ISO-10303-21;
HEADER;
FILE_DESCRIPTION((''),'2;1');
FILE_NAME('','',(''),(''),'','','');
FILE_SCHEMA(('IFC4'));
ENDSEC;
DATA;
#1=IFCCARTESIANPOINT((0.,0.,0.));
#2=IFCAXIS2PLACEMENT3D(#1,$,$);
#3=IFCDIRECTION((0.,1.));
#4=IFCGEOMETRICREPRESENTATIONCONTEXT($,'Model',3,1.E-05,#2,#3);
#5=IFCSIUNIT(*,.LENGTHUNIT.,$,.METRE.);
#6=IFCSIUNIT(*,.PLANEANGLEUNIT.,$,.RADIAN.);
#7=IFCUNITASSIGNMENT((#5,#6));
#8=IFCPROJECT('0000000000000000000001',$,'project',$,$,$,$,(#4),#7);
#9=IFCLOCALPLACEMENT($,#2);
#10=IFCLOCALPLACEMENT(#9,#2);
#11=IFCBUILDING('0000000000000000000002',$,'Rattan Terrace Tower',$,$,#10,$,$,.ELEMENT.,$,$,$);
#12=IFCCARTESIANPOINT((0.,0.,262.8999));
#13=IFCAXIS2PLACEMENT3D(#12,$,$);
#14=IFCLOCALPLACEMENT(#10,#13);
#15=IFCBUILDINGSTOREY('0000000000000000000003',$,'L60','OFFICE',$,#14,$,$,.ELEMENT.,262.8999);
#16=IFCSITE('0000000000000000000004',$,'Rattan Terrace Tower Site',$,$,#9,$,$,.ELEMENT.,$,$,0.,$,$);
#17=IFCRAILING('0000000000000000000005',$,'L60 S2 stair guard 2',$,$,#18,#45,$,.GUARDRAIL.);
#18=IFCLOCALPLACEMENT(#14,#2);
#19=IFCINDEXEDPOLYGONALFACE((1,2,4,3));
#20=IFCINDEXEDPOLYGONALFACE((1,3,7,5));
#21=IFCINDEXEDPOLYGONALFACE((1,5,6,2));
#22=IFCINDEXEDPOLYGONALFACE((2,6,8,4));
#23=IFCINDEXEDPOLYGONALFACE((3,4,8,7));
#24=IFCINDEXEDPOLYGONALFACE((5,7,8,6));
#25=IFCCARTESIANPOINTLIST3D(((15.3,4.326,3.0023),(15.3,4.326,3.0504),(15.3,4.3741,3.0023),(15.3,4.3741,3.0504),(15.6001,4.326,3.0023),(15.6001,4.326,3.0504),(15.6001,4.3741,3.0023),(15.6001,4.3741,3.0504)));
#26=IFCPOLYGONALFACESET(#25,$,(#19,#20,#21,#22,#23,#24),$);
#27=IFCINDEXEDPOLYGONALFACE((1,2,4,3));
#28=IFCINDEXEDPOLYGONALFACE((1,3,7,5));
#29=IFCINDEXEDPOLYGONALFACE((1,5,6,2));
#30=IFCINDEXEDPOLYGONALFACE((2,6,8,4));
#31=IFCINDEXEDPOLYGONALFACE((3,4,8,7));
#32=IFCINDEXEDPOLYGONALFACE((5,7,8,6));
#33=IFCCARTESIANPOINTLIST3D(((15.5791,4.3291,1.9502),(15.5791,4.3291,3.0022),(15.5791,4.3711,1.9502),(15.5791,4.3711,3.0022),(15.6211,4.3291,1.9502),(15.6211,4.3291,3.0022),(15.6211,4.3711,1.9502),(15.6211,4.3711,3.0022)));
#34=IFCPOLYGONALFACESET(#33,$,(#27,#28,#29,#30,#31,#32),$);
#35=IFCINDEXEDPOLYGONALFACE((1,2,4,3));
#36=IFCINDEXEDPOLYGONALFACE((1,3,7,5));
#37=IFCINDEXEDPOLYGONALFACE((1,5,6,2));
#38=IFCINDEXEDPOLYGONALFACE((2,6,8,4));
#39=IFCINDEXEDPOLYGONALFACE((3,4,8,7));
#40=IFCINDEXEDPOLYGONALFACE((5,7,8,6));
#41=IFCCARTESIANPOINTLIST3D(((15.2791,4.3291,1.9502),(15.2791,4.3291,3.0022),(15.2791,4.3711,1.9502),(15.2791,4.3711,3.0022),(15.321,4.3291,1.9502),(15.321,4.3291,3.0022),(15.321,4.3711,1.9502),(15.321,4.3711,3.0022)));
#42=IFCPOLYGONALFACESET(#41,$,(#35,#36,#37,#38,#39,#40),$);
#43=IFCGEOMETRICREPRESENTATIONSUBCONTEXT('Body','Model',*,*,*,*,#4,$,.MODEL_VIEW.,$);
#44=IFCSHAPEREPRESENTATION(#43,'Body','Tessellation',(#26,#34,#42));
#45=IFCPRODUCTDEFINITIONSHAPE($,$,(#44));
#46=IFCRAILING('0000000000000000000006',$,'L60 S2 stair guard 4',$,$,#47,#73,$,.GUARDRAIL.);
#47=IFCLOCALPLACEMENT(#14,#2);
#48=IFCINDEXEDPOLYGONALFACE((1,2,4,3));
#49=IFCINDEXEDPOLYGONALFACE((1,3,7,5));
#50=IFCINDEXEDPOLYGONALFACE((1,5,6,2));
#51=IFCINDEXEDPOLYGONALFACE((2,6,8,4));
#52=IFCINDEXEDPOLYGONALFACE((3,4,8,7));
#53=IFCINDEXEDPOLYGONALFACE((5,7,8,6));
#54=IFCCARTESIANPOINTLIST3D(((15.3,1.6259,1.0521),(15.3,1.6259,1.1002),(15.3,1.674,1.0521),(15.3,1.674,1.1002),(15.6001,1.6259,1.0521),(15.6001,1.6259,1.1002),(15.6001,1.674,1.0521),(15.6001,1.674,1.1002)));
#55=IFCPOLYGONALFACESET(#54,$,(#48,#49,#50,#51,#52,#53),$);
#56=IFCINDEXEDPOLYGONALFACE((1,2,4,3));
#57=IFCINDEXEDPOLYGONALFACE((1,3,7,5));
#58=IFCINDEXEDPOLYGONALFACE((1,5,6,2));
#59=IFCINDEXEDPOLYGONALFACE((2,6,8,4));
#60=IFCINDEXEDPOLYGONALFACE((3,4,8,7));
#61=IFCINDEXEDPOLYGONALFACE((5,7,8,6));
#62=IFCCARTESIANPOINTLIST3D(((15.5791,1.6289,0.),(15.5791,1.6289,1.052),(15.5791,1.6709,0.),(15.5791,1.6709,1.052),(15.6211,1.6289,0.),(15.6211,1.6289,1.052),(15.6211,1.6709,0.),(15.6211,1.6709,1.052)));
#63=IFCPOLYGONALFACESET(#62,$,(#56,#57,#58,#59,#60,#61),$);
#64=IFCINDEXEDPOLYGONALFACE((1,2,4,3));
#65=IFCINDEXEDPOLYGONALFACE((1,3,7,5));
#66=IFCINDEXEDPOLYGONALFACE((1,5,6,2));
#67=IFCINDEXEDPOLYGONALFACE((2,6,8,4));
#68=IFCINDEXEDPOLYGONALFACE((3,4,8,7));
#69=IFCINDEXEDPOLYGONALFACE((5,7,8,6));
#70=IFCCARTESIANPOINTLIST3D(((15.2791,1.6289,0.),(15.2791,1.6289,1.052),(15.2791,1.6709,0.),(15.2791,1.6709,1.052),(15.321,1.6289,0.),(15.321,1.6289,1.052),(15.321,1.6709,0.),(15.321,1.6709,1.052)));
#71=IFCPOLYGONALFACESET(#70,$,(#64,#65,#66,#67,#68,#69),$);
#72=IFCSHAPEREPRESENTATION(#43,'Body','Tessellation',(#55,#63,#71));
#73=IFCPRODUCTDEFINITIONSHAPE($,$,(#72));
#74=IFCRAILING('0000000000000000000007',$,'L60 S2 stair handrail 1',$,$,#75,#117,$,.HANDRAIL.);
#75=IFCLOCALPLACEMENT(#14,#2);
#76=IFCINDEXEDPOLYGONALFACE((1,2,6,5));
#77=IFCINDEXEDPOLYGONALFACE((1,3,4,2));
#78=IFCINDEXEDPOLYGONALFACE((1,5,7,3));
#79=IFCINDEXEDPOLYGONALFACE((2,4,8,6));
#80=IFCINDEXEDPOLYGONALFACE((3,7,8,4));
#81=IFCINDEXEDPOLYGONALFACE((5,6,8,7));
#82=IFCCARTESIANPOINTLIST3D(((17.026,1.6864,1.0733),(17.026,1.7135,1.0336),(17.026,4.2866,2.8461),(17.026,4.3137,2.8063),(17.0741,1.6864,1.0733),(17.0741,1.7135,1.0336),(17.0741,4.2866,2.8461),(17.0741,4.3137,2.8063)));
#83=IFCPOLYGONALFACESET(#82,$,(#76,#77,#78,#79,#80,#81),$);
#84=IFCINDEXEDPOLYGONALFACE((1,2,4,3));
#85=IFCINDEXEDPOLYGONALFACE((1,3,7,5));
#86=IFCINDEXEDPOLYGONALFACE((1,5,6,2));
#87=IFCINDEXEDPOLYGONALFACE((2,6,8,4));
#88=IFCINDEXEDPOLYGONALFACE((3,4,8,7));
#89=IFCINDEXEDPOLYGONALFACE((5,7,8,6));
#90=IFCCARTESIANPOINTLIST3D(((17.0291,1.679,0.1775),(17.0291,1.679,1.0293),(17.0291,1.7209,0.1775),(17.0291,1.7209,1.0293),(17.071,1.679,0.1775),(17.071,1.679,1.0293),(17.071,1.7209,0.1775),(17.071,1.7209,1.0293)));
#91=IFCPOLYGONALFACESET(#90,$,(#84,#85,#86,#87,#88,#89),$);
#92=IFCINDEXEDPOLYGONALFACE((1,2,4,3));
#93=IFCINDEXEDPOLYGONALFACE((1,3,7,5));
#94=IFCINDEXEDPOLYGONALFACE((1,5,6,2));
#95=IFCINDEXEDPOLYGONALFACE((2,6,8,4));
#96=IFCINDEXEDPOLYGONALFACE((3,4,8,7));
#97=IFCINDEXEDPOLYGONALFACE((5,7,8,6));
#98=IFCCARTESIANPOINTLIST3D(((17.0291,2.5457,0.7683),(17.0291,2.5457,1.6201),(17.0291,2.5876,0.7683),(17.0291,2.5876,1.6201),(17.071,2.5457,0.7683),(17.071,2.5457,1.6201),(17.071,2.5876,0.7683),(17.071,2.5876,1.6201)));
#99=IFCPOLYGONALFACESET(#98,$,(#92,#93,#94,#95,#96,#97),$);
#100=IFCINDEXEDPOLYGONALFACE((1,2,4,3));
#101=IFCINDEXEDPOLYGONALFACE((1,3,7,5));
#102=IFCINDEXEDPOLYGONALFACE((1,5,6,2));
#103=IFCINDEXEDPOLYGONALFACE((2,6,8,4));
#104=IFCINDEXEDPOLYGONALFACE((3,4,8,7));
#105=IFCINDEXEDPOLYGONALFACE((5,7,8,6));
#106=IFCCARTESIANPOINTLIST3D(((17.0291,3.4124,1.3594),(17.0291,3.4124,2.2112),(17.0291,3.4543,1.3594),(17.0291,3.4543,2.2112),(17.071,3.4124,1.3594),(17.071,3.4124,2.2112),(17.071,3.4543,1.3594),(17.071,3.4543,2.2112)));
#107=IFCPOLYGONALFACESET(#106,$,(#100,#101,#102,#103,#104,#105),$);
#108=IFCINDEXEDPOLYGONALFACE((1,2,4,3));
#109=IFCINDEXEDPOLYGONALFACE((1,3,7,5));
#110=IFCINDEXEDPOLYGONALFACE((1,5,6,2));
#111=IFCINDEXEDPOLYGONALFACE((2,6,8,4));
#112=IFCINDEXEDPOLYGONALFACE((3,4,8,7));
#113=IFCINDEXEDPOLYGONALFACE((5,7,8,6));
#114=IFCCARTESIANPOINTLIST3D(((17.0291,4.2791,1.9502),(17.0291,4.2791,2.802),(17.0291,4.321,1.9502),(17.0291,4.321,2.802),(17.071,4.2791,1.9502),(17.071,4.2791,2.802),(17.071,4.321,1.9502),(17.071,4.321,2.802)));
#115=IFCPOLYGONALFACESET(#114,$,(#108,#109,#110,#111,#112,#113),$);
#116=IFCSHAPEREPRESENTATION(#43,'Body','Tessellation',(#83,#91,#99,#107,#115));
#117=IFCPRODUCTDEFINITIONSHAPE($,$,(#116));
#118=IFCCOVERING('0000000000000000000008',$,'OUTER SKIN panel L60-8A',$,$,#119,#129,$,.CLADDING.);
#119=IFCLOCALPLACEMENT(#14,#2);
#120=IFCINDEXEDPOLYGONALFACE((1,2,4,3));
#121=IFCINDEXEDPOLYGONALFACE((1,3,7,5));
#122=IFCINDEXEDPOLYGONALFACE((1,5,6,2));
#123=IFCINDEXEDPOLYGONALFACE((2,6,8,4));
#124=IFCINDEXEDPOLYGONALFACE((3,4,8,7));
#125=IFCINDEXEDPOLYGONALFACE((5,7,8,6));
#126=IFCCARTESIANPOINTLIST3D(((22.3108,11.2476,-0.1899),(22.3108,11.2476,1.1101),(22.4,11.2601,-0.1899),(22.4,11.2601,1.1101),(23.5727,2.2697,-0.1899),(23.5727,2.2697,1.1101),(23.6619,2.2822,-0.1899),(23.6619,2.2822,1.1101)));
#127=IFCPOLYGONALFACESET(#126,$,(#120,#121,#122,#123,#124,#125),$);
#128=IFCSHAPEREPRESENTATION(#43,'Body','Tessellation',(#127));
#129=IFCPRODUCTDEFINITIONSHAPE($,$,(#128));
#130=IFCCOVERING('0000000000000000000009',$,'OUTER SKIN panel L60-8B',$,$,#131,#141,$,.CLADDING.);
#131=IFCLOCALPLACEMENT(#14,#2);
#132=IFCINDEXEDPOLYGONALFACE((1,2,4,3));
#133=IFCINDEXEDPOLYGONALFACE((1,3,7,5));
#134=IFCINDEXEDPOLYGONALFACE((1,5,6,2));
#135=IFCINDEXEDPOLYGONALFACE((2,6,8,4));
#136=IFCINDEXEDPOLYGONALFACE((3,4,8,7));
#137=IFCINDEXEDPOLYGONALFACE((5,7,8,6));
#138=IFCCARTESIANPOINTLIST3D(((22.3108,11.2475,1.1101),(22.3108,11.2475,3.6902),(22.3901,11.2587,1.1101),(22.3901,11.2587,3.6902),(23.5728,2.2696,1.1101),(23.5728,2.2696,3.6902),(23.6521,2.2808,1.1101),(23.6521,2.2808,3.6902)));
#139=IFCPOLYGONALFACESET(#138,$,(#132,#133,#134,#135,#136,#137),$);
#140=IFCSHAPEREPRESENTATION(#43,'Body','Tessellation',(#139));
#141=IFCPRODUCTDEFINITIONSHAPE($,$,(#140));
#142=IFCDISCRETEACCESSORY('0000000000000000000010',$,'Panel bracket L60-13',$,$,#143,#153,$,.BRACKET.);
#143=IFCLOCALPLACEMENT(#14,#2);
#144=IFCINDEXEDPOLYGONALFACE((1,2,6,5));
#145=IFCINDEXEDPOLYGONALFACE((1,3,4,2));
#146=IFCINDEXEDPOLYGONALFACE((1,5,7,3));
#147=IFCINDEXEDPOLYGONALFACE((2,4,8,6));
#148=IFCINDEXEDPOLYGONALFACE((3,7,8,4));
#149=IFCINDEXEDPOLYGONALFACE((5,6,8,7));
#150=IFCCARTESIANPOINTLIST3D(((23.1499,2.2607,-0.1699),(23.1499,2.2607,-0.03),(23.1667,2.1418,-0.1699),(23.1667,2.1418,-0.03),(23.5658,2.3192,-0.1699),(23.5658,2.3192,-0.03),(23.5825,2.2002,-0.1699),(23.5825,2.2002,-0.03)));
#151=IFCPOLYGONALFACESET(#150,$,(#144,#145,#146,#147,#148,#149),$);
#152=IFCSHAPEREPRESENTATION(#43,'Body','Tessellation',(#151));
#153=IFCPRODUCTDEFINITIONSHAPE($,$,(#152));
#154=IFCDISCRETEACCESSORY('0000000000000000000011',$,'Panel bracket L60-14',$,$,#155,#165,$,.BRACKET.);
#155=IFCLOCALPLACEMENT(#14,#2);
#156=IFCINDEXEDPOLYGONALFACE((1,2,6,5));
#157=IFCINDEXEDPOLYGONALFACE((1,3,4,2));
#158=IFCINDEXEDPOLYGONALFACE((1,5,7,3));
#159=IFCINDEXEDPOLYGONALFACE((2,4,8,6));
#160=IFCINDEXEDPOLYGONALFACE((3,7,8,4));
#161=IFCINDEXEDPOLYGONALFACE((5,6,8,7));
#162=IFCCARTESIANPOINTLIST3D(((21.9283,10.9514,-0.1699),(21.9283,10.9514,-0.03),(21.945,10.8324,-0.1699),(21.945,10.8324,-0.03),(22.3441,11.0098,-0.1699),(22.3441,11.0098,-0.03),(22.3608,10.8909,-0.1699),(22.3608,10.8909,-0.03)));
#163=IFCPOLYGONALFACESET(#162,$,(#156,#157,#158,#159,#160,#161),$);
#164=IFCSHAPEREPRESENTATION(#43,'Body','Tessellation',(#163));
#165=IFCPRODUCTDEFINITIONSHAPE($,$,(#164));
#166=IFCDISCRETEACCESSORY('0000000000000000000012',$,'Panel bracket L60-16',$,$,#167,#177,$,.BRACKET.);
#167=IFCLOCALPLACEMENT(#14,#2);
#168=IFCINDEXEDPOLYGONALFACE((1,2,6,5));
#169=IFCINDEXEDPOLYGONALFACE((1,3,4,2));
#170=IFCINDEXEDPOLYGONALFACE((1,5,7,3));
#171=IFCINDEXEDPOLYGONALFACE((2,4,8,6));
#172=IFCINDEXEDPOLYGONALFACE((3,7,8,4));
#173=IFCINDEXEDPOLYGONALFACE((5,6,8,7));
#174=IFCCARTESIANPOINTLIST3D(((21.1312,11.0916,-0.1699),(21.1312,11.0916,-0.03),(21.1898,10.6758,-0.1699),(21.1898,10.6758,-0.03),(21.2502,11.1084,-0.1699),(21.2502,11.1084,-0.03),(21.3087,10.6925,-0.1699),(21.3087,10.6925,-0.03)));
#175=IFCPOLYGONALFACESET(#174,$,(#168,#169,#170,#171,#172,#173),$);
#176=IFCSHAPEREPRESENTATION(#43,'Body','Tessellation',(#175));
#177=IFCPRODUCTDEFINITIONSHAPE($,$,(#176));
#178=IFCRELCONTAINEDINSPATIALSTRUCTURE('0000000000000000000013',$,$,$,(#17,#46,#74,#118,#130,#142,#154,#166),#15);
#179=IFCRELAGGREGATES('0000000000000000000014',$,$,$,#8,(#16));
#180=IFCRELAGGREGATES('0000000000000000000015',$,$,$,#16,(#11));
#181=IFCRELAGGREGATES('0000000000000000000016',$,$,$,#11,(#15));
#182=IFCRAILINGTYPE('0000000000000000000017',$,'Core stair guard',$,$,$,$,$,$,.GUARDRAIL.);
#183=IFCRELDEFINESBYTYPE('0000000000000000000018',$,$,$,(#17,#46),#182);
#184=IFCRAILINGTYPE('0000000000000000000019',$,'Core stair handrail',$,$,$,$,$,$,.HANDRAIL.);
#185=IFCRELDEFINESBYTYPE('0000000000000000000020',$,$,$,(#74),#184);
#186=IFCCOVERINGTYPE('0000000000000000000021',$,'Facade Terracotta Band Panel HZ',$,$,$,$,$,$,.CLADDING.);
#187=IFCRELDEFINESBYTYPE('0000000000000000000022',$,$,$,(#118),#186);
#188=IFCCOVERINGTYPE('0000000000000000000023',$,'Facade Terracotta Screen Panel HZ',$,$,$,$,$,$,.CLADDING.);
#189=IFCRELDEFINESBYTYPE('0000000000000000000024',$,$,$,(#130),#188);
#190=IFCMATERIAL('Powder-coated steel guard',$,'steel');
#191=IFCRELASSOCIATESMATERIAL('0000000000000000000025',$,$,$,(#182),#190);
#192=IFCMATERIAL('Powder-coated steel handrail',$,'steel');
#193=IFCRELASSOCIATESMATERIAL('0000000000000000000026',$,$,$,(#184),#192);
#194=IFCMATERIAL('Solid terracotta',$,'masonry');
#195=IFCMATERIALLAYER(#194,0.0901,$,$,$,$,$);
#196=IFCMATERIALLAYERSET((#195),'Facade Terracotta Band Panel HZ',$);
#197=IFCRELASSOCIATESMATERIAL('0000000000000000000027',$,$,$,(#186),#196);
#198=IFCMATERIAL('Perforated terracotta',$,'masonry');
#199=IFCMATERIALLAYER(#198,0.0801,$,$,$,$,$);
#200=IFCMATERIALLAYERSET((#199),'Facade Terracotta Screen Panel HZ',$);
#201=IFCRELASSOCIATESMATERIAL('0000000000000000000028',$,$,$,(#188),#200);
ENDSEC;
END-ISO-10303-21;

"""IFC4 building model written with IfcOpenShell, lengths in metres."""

from ifc_helpers import new_model, si_unit, direction, frame, origin, origin_2d, place, context, subcontext, project, spatial, rectangle, extrude, material, layer, layer_set, type_object, element, save


model = new_model("IFC4")

# Units and contexts
model_context = context("Model", 3, precision=1e-05, world=origin(), true_north=direction((0.0, 1.0)))
body_context = subcontext(model_context, "Body", "Model", "MODEL_VIEW")
ifc_project = project(units=[si_unit("LENGTHUNIT", "METRE"), si_unit("PLANEANGLEUNIT", "RADIAN")], contexts=[model_context])

# Site, building, storey
site_placement = place(None, origin())
site = spatial("IfcSite", under=ifc_project, at=site_placement, Name="Rattan Terrace Tower Site", CompositionType="ELEMENT", RefElevation=0.0)
building_placement = place(site_placement, origin())
building = spatial("IfcBuilding", under=site, at=building_placement, Name="Rattan Terrace Tower", CompositionType="ELEMENT")
storey_placement = place(building_placement, frame((0.0, 0.0, 262.8999)))
storey = spatial("IfcBuildingStorey", under=building, at=storey_placement, Name="L60", Description="OFFICE", CompositionType="ELEMENT", Elevation=262.8999)

# Railings
ifc_material_1 = material(Name="Powder-coated steel guard", Category="steel")
railing_type_1 = type_object("IfcRailingType", Name="Core stair guard", PredefinedType="GUARDRAIL", material=ifc_material_1)
for number, where, name in (
    (1, (15.6001, 4.3501, 1.9502), "L60 S2 stair guard 2"),
    (2, (15.6001, 1.6499, 0.0), "L60 S2 stair guard 4"),
):
    element("IfcRailing", number, at=place(storey_placement, frame(where)), inside=storey, type_object=railing_type_1, Name=name, PredefinedType="GUARDRAIL", context=body_context, shape_type="SweptSolid", body=[
        extrude(rectangle(XDim=0.0481, YDim=0.0481, at=origin_2d()), frame((0.0, 0.0, 1.0762), z_axis=(-1.0, 0.0, 0.0), x_axis=(0.0, -1.0, 0.0)), (0.0, 0.0, 1.0), 0.3),
        extrude(rectangle(XDim=0.042, YDim=0.042, at=origin_2d()), origin(), (0.0, 0.0, 1.0), 1.052),
        extrude(rectangle(XDim=0.042, YDim=0.042, at=origin_2d()), frame((-0.3, 0.0, 0.0)), (0.0, 0.0, 1.0), 1.052),
    ])
ifc_material_2 = material(Name="Powder-coated steel handrail", Category="steel")
railing_type_2 = type_object("IfcRailingType", Name="Core stair handrail", PredefinedType="HANDRAIL", material=ifc_material_2)
railing_1_placement = place(storey_placement, frame((17.05, 1.7, 0.1775)))
element("IfcRailing", 3, at=railing_1_placement, inside=storey, type_object=railing_type_2, Name="L60 S2 stair handrail 1", PredefinedType="HANDRAIL", context=body_context, shape_type="SweptSolid", body=[
    extrude(rectangle(XDim=0.0481, YDim=0.0481, at=origin_2d()), frame((0.0, 0.0, 0.876), z_axis=(0.0, 0.82624, 0.563318), x_axis=(-1.0, 0.0, 0.0)), (0.0, 0.0, 1.0), 3.147),
    extrude(rectangle(XDim=0.042, YDim=0.042, at=origin_2d()), origin(), (0.0, 0.0, 1.0), 0.8518),
    extrude(rectangle(XDim=0.042, YDim=0.042, at=origin_2d()), frame((0.0, 0.8667, 0.5908)), (0.0, 0.0, 1.0), 0.8518),
    extrude(rectangle(XDim=0.042, YDim=0.042, at=origin_2d()), frame((0.0, 1.7334, 1.1819)), (0.0, 0.0, 1.0), 0.8518),
    extrude(rectangle(XDim=0.042, YDim=0.042, at=origin_2d()), frame((0.0, 2.6001, 1.7727)), (0.0, 0.0, 1.0), 0.8518),
])

# Coverings
ifc_material_3 = material(Name="Solid terracotta", Category="masonry")
ifc_layer_1 = layer(ifc_material_3, 0.0901)
ifc_layer_set_1 = layer_set([ifc_layer_1], Name="Facade Terracotta Band Panel HZ")
covering_type_1 = type_object("IfcCoveringType", Name="Facade Terracotta Band Panel HZ", PredefinedType="CLADDING", material=ifc_layer_set_1)
covering_1_placement = place(storey_placement, frame((22.9863, 6.7649, -0.1899), z_axis=(0.0, 0.0, 1.0), x_axis=(-0.139192, 0.990265, 0.0)))
element("IfcCovering", 4, at=covering_1_placement, inside=storey, type_object=covering_type_1, Name="OUTER SKIN panel L60-8A", PredefinedType="CLADDING", context=body_context, shape_type="SweptSolid", body=[
    extrude(rectangle(XDim=9.0662, YDim=0.0901, at=origin_2d()), origin(), (0.0, 0.0, 1.0), 1.3),
])
ifc_material_4 = material(Name="Perforated terracotta", Category="masonry")
ifc_layer_2 = layer(ifc_material_4, 0.0801)
ifc_layer_set_2 = layer_set([ifc_layer_2], Name="Facade Terracotta Screen Panel HZ")
covering_type_2 = type_object("IfcCoveringType", Name="Facade Terracotta Screen Panel HZ", PredefinedType="CLADDING", material=ifc_layer_set_2)
covering_2_placement = place(storey_placement, frame((22.9814, 6.7642, 1.1101), z_axis=(0.0, 0.0, 1.0), x_axis=(-0.139192, 0.990265, 0.0)))
element("IfcCovering", 5, at=covering_2_placement, inside=storey, type_object=covering_type_2, Name="OUTER SKIN panel L60-8B", PredefinedType="CLADDING", context=body_context, shape_type="SweptSolid", body=[
    extrude(rectangle(XDim=9.0662, YDim=0.0801, at=origin_2d()), origin(), (0.0, 0.0, 1.0), 2.5801),
])

# Discrete accessories
for number, where, z_axis, x_axis, name in (
    (6, (23.3662, 2.2305, -0.1699), (0.0, 0.0, 1.0), (-0.139192, 0.990265, 0.0), "Panel bracket L60-13"),
    (7, (22.1445, 10.9211, -0.1699), (0.0, 0.0, 1.0), (-0.139192, 0.990265, 0.0), "Panel bracket L60-14"),
    (8, (21.22, 10.8921, -0.1699), (0.0, 0.0, 1.0), (-0.990241, -0.139367, 0.0), "Panel bracket L60-16"),
):
    element("IfcDiscreteAccessory", number, at=place(storey_placement, frame(where, z_axis=z_axis, x_axis=x_axis)), inside=storey, Name=name, PredefinedType="BRACKET", context=body_context, shape_type="SweptSolid", body=[
        extrude(rectangle(XDim=0.1201, YDim=0.4199, at=origin_2d()), origin(), (0.0, 0.0, 1.0), 0.1399),
    ])

save(model, "model.ifc")
